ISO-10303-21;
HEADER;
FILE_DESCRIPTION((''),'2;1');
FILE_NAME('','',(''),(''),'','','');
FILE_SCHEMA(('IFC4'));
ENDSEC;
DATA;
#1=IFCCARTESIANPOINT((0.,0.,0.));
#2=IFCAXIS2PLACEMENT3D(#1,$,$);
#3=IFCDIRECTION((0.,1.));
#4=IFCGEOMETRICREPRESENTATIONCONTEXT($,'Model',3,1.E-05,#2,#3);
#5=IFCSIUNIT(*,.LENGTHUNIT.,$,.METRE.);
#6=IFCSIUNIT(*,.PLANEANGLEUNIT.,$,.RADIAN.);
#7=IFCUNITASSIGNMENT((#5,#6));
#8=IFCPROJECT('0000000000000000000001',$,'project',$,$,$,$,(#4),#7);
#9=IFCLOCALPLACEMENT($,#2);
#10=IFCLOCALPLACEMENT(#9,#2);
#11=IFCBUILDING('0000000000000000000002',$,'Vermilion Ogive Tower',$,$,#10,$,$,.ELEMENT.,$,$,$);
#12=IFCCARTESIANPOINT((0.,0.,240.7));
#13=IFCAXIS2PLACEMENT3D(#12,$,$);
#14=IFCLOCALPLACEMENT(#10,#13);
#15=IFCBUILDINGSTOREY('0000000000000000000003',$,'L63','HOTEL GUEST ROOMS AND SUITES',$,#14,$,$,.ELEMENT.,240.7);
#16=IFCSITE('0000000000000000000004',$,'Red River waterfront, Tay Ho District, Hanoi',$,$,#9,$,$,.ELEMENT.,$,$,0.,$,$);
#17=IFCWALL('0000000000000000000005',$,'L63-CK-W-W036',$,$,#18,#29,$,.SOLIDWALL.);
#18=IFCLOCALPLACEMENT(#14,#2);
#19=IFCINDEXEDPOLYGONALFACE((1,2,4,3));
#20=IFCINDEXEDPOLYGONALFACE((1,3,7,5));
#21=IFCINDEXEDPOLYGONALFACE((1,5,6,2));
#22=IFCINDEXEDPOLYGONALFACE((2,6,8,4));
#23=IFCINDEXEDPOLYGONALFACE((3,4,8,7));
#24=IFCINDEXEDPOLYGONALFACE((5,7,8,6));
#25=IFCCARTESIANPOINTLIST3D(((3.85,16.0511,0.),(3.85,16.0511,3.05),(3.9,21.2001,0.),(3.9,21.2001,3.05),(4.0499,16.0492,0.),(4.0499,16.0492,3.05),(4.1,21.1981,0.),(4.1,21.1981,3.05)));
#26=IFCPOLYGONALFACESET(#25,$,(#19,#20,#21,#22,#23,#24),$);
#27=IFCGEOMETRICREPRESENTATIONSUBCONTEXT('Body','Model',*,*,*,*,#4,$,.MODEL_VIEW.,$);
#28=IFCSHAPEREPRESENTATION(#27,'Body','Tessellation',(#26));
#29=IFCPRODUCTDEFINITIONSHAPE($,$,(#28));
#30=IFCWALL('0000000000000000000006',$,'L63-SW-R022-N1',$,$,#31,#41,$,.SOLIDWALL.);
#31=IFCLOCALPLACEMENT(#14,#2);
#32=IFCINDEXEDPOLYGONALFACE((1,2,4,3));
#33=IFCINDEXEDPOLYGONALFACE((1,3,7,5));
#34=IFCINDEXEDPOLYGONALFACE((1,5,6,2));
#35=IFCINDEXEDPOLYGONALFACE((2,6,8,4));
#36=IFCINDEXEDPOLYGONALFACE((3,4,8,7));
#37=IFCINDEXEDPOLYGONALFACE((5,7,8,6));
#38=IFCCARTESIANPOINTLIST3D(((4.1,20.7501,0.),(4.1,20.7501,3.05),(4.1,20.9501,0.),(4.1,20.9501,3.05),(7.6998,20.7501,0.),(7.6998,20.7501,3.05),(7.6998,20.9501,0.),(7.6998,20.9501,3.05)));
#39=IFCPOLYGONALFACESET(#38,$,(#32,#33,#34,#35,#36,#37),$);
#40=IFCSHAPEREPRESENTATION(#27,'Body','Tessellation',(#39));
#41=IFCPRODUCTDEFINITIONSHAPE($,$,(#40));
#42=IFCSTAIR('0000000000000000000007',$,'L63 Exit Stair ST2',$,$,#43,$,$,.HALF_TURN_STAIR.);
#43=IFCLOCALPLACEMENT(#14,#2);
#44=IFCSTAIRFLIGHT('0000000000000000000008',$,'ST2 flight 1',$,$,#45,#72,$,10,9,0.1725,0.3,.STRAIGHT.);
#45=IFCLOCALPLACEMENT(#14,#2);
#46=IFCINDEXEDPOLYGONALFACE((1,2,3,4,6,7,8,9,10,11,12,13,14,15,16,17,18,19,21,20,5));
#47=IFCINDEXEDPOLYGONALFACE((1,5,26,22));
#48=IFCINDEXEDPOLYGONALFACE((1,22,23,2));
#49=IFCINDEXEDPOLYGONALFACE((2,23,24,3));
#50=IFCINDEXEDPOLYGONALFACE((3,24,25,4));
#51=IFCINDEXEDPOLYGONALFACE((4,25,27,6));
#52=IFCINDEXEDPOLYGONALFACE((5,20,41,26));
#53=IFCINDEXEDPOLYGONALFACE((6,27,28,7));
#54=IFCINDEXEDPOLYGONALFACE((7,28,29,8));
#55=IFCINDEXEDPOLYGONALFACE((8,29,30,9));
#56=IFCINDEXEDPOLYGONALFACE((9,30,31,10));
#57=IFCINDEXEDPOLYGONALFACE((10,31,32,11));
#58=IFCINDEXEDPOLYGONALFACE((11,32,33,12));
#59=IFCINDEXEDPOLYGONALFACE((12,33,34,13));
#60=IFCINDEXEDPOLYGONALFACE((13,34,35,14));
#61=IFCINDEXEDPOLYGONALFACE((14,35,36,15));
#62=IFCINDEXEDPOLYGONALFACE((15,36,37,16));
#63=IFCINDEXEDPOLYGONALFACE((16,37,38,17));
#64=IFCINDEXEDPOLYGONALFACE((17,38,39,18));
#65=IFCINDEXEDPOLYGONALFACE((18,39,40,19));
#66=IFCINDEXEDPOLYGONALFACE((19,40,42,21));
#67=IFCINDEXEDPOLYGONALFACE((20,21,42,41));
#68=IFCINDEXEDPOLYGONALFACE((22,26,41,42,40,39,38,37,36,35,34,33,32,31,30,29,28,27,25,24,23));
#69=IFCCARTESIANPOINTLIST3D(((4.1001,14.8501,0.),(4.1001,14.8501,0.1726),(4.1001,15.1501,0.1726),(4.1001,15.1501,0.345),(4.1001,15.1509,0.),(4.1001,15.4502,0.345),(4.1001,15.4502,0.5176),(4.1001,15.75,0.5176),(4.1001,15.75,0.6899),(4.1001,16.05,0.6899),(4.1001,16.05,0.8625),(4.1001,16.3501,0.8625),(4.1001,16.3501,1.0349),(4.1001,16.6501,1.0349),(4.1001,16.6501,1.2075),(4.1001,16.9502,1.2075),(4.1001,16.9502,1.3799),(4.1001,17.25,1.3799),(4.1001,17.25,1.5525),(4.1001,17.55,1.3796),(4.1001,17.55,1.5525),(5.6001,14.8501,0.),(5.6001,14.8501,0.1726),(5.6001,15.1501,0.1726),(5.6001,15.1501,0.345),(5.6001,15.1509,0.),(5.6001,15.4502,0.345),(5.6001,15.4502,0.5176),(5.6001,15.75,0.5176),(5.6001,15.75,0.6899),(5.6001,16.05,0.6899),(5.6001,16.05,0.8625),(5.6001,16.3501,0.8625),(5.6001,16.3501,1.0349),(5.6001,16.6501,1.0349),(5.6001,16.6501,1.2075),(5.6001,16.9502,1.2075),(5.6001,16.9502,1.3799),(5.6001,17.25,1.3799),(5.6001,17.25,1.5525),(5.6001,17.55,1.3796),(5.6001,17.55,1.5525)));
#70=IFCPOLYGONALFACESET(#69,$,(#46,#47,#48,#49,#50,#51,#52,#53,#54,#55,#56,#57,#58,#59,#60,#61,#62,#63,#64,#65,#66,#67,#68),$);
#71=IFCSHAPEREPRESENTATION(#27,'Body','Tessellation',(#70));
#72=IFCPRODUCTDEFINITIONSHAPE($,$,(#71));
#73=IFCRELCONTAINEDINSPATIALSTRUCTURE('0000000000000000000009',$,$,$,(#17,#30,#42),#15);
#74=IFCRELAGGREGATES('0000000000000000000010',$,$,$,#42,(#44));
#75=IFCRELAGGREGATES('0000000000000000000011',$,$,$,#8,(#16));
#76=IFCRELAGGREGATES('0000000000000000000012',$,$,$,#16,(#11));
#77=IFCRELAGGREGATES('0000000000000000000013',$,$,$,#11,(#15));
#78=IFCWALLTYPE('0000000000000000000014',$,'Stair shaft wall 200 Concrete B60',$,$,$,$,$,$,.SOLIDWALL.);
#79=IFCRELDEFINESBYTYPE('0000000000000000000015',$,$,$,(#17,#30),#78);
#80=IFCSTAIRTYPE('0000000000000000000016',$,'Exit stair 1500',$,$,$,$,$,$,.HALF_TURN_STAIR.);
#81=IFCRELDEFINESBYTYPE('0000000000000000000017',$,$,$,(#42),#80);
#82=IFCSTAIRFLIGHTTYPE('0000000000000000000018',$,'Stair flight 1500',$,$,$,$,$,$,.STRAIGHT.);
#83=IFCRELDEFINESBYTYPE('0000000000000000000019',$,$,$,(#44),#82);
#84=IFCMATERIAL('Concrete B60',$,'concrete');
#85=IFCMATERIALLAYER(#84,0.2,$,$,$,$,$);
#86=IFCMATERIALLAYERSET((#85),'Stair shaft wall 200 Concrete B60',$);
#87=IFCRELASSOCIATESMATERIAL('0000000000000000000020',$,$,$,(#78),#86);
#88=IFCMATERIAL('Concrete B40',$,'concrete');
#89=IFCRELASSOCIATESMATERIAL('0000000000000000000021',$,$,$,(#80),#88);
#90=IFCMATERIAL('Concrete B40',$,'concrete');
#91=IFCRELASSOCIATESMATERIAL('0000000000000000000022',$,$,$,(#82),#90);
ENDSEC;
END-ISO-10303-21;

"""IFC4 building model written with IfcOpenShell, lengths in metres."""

from ifc_helpers import new_model, si_unit, direction, frame, frame_2d, origin, place, context, subcontext, project, spatial, polyline, rectangle, outline, extrude, material, layer, layer_set, type_object, element, aggregate, save


model = new_model("IFC4")

# Units and contexts
model_context = context("Model", 3, precision=1e-05, world=origin(), true_north=direction((0.0, 1.0)))
body_context = subcontext(model_context, "Body", "Model", "MODEL_VIEW")
ifc_project = project(units=[si_unit("LENGTHUNIT", "METRE"), si_unit("PLANEANGLEUNIT", "RADIAN")], contexts=[model_context])

# Site, building, storey
site_placement = place(None, origin())
site = spatial("IfcSite", under=ifc_project, at=site_placement, Name="Red River waterfront, Tay Ho District, Hanoi", CompositionType="ELEMENT", RefElevation=0.0)
building_placement = place(site_placement, origin())
building = spatial("IfcBuilding", under=site, at=building_placement, Name="Vermilion Ogive Tower", CompositionType="ELEMENT")
storey_placement = place(building_placement, frame((0.0, 0.0, 240.7)))
storey = spatial("IfcBuildingStorey", under=building, at=storey_placement, Name="L63", Description="HOTEL GUEST ROOMS AND SUITES", CompositionType="ELEMENT", Elevation=240.7)

# Shared definitions
ifc_material_1 = material(Name="Concrete B60", Category="concrete")
ifc_layer_1 = layer(ifc_material_1, 0.2)
ifc_layer_set_1 = layer_set([ifc_layer_1], Name="Stair shaft wall 200 Concrete B60")
wall_type_1 = type_object("IfcWallType", Name="Stair shaft wall 200 Concrete B60", PredefinedType="SOLIDWALL", material=ifc_layer_set_1)

# Walls
wall_1_placement = place(storey_placement, frame((3.95, 16.05, 0.0), z_axis=(0.0, 0.0, 1.0), x_axis=(0.00972, 0.999953, 0.0)))
element("IfcWall", 1, at=wall_1_placement, inside=storey, type_object=wall_type_1, Name="L63-CK-W-W036", PredefinedType="SOLIDWALL", context=body_context, shape_type="SweptSolid", body=[
    extrude(rectangle(XDim=5.1492, YDim=0.2, at=frame_2d((2.5747, 0.0))), origin(), (0.0, 0.0, 1.0), 3.05),
])
wall_2_placement = place(storey_placement, frame((4.1001, 20.8501, 0.0), z_axis=(0.0, 0.0, 1.0), x_axis=(1.0, 0.0, 0.0)))
element("IfcWall", 2, at=wall_2_placement, inside=storey, type_object=wall_type_1, Name="L63-SW-R022-N1", PredefinedType="SOLIDWALL", context=body_context, shape_type="SweptSolid", body=[
    extrude(rectangle(XDim=3.5999, YDim=0.2, at=frame_2d((1.7998, 0.0))), origin(), (0.0, 0.0, 1.0), 3.05),
])

# Stair, stair flight
ifc_material_2 = material(Name="Concrete B40", Category="concrete")
stair_type = type_object("IfcStairType", Name="Exit stair 1500", PredefinedType="HALF_TURN_STAIR", material=ifc_material_2)
stair_placement = place(storey_placement, origin())
stair = element("IfcStair", 3, at=stair_placement, inside=storey, type_object=stair_type, Name="L63 Exit Stair ST2", PredefinedType="HALF_TURN_STAIR")
ifc_material_3 = material(Name="Concrete B40", Category="concrete")
stair_flight_type = type_object("IfcStairFlightType", Name="Stair flight 1500", PredefinedType="STRAIGHT", material=ifc_material_3)
stair_flight_placement = place(storey_placement, frame((4.8501, 14.8501, 0.0), z_axis=(0.0, 0.0, 1.0), x_axis=(0.0, 1.0, 0.0)))
stair_flight = element("IfcStairFlight", 4, at=stair_flight_placement, type_object=stair_flight_type, Name="ST2 flight 1", NumberOfRisers=10, NumberOfTreads=9, PredefinedType="STRAIGHT", RiserHeight=0.1725, TreadLength=0.3, context=body_context, shape_type="SweptSolid", body=[
    extrude(outline(polyline([(0.0, 0.0), (0.0, 0.1726), (0.3, 0.1726), (0.3, 0.345), (0.6001, 0.345), (0.6001, 0.5176), (0.8999, 0.5176), (0.8999, 0.6899), (1.2, 0.6899), (1.2, 0.8625), (1.5, 0.8625), (1.5, 1.0349), (1.8, 1.0349), (1.8, 1.2075), (2.1001, 1.2075), (2.1001, 1.3799), (2.3999, 1.3799), (2.3999, 1.5525), (2.7, 1.5525), (2.7, 1.7251), (2.7, 1.3796), (0.3008, 0.0), (0.0, 0.0)])), frame((0.0, 0.75, 0.0), z_axis=(0.0, -1.0, 0.0), x_axis=(1.0, 0.0, 0.0)), (0.0, 0.0, 1.0), 1.5),
])
aggregate(stair, [stair_flight])

save(model, "model.ifc")
